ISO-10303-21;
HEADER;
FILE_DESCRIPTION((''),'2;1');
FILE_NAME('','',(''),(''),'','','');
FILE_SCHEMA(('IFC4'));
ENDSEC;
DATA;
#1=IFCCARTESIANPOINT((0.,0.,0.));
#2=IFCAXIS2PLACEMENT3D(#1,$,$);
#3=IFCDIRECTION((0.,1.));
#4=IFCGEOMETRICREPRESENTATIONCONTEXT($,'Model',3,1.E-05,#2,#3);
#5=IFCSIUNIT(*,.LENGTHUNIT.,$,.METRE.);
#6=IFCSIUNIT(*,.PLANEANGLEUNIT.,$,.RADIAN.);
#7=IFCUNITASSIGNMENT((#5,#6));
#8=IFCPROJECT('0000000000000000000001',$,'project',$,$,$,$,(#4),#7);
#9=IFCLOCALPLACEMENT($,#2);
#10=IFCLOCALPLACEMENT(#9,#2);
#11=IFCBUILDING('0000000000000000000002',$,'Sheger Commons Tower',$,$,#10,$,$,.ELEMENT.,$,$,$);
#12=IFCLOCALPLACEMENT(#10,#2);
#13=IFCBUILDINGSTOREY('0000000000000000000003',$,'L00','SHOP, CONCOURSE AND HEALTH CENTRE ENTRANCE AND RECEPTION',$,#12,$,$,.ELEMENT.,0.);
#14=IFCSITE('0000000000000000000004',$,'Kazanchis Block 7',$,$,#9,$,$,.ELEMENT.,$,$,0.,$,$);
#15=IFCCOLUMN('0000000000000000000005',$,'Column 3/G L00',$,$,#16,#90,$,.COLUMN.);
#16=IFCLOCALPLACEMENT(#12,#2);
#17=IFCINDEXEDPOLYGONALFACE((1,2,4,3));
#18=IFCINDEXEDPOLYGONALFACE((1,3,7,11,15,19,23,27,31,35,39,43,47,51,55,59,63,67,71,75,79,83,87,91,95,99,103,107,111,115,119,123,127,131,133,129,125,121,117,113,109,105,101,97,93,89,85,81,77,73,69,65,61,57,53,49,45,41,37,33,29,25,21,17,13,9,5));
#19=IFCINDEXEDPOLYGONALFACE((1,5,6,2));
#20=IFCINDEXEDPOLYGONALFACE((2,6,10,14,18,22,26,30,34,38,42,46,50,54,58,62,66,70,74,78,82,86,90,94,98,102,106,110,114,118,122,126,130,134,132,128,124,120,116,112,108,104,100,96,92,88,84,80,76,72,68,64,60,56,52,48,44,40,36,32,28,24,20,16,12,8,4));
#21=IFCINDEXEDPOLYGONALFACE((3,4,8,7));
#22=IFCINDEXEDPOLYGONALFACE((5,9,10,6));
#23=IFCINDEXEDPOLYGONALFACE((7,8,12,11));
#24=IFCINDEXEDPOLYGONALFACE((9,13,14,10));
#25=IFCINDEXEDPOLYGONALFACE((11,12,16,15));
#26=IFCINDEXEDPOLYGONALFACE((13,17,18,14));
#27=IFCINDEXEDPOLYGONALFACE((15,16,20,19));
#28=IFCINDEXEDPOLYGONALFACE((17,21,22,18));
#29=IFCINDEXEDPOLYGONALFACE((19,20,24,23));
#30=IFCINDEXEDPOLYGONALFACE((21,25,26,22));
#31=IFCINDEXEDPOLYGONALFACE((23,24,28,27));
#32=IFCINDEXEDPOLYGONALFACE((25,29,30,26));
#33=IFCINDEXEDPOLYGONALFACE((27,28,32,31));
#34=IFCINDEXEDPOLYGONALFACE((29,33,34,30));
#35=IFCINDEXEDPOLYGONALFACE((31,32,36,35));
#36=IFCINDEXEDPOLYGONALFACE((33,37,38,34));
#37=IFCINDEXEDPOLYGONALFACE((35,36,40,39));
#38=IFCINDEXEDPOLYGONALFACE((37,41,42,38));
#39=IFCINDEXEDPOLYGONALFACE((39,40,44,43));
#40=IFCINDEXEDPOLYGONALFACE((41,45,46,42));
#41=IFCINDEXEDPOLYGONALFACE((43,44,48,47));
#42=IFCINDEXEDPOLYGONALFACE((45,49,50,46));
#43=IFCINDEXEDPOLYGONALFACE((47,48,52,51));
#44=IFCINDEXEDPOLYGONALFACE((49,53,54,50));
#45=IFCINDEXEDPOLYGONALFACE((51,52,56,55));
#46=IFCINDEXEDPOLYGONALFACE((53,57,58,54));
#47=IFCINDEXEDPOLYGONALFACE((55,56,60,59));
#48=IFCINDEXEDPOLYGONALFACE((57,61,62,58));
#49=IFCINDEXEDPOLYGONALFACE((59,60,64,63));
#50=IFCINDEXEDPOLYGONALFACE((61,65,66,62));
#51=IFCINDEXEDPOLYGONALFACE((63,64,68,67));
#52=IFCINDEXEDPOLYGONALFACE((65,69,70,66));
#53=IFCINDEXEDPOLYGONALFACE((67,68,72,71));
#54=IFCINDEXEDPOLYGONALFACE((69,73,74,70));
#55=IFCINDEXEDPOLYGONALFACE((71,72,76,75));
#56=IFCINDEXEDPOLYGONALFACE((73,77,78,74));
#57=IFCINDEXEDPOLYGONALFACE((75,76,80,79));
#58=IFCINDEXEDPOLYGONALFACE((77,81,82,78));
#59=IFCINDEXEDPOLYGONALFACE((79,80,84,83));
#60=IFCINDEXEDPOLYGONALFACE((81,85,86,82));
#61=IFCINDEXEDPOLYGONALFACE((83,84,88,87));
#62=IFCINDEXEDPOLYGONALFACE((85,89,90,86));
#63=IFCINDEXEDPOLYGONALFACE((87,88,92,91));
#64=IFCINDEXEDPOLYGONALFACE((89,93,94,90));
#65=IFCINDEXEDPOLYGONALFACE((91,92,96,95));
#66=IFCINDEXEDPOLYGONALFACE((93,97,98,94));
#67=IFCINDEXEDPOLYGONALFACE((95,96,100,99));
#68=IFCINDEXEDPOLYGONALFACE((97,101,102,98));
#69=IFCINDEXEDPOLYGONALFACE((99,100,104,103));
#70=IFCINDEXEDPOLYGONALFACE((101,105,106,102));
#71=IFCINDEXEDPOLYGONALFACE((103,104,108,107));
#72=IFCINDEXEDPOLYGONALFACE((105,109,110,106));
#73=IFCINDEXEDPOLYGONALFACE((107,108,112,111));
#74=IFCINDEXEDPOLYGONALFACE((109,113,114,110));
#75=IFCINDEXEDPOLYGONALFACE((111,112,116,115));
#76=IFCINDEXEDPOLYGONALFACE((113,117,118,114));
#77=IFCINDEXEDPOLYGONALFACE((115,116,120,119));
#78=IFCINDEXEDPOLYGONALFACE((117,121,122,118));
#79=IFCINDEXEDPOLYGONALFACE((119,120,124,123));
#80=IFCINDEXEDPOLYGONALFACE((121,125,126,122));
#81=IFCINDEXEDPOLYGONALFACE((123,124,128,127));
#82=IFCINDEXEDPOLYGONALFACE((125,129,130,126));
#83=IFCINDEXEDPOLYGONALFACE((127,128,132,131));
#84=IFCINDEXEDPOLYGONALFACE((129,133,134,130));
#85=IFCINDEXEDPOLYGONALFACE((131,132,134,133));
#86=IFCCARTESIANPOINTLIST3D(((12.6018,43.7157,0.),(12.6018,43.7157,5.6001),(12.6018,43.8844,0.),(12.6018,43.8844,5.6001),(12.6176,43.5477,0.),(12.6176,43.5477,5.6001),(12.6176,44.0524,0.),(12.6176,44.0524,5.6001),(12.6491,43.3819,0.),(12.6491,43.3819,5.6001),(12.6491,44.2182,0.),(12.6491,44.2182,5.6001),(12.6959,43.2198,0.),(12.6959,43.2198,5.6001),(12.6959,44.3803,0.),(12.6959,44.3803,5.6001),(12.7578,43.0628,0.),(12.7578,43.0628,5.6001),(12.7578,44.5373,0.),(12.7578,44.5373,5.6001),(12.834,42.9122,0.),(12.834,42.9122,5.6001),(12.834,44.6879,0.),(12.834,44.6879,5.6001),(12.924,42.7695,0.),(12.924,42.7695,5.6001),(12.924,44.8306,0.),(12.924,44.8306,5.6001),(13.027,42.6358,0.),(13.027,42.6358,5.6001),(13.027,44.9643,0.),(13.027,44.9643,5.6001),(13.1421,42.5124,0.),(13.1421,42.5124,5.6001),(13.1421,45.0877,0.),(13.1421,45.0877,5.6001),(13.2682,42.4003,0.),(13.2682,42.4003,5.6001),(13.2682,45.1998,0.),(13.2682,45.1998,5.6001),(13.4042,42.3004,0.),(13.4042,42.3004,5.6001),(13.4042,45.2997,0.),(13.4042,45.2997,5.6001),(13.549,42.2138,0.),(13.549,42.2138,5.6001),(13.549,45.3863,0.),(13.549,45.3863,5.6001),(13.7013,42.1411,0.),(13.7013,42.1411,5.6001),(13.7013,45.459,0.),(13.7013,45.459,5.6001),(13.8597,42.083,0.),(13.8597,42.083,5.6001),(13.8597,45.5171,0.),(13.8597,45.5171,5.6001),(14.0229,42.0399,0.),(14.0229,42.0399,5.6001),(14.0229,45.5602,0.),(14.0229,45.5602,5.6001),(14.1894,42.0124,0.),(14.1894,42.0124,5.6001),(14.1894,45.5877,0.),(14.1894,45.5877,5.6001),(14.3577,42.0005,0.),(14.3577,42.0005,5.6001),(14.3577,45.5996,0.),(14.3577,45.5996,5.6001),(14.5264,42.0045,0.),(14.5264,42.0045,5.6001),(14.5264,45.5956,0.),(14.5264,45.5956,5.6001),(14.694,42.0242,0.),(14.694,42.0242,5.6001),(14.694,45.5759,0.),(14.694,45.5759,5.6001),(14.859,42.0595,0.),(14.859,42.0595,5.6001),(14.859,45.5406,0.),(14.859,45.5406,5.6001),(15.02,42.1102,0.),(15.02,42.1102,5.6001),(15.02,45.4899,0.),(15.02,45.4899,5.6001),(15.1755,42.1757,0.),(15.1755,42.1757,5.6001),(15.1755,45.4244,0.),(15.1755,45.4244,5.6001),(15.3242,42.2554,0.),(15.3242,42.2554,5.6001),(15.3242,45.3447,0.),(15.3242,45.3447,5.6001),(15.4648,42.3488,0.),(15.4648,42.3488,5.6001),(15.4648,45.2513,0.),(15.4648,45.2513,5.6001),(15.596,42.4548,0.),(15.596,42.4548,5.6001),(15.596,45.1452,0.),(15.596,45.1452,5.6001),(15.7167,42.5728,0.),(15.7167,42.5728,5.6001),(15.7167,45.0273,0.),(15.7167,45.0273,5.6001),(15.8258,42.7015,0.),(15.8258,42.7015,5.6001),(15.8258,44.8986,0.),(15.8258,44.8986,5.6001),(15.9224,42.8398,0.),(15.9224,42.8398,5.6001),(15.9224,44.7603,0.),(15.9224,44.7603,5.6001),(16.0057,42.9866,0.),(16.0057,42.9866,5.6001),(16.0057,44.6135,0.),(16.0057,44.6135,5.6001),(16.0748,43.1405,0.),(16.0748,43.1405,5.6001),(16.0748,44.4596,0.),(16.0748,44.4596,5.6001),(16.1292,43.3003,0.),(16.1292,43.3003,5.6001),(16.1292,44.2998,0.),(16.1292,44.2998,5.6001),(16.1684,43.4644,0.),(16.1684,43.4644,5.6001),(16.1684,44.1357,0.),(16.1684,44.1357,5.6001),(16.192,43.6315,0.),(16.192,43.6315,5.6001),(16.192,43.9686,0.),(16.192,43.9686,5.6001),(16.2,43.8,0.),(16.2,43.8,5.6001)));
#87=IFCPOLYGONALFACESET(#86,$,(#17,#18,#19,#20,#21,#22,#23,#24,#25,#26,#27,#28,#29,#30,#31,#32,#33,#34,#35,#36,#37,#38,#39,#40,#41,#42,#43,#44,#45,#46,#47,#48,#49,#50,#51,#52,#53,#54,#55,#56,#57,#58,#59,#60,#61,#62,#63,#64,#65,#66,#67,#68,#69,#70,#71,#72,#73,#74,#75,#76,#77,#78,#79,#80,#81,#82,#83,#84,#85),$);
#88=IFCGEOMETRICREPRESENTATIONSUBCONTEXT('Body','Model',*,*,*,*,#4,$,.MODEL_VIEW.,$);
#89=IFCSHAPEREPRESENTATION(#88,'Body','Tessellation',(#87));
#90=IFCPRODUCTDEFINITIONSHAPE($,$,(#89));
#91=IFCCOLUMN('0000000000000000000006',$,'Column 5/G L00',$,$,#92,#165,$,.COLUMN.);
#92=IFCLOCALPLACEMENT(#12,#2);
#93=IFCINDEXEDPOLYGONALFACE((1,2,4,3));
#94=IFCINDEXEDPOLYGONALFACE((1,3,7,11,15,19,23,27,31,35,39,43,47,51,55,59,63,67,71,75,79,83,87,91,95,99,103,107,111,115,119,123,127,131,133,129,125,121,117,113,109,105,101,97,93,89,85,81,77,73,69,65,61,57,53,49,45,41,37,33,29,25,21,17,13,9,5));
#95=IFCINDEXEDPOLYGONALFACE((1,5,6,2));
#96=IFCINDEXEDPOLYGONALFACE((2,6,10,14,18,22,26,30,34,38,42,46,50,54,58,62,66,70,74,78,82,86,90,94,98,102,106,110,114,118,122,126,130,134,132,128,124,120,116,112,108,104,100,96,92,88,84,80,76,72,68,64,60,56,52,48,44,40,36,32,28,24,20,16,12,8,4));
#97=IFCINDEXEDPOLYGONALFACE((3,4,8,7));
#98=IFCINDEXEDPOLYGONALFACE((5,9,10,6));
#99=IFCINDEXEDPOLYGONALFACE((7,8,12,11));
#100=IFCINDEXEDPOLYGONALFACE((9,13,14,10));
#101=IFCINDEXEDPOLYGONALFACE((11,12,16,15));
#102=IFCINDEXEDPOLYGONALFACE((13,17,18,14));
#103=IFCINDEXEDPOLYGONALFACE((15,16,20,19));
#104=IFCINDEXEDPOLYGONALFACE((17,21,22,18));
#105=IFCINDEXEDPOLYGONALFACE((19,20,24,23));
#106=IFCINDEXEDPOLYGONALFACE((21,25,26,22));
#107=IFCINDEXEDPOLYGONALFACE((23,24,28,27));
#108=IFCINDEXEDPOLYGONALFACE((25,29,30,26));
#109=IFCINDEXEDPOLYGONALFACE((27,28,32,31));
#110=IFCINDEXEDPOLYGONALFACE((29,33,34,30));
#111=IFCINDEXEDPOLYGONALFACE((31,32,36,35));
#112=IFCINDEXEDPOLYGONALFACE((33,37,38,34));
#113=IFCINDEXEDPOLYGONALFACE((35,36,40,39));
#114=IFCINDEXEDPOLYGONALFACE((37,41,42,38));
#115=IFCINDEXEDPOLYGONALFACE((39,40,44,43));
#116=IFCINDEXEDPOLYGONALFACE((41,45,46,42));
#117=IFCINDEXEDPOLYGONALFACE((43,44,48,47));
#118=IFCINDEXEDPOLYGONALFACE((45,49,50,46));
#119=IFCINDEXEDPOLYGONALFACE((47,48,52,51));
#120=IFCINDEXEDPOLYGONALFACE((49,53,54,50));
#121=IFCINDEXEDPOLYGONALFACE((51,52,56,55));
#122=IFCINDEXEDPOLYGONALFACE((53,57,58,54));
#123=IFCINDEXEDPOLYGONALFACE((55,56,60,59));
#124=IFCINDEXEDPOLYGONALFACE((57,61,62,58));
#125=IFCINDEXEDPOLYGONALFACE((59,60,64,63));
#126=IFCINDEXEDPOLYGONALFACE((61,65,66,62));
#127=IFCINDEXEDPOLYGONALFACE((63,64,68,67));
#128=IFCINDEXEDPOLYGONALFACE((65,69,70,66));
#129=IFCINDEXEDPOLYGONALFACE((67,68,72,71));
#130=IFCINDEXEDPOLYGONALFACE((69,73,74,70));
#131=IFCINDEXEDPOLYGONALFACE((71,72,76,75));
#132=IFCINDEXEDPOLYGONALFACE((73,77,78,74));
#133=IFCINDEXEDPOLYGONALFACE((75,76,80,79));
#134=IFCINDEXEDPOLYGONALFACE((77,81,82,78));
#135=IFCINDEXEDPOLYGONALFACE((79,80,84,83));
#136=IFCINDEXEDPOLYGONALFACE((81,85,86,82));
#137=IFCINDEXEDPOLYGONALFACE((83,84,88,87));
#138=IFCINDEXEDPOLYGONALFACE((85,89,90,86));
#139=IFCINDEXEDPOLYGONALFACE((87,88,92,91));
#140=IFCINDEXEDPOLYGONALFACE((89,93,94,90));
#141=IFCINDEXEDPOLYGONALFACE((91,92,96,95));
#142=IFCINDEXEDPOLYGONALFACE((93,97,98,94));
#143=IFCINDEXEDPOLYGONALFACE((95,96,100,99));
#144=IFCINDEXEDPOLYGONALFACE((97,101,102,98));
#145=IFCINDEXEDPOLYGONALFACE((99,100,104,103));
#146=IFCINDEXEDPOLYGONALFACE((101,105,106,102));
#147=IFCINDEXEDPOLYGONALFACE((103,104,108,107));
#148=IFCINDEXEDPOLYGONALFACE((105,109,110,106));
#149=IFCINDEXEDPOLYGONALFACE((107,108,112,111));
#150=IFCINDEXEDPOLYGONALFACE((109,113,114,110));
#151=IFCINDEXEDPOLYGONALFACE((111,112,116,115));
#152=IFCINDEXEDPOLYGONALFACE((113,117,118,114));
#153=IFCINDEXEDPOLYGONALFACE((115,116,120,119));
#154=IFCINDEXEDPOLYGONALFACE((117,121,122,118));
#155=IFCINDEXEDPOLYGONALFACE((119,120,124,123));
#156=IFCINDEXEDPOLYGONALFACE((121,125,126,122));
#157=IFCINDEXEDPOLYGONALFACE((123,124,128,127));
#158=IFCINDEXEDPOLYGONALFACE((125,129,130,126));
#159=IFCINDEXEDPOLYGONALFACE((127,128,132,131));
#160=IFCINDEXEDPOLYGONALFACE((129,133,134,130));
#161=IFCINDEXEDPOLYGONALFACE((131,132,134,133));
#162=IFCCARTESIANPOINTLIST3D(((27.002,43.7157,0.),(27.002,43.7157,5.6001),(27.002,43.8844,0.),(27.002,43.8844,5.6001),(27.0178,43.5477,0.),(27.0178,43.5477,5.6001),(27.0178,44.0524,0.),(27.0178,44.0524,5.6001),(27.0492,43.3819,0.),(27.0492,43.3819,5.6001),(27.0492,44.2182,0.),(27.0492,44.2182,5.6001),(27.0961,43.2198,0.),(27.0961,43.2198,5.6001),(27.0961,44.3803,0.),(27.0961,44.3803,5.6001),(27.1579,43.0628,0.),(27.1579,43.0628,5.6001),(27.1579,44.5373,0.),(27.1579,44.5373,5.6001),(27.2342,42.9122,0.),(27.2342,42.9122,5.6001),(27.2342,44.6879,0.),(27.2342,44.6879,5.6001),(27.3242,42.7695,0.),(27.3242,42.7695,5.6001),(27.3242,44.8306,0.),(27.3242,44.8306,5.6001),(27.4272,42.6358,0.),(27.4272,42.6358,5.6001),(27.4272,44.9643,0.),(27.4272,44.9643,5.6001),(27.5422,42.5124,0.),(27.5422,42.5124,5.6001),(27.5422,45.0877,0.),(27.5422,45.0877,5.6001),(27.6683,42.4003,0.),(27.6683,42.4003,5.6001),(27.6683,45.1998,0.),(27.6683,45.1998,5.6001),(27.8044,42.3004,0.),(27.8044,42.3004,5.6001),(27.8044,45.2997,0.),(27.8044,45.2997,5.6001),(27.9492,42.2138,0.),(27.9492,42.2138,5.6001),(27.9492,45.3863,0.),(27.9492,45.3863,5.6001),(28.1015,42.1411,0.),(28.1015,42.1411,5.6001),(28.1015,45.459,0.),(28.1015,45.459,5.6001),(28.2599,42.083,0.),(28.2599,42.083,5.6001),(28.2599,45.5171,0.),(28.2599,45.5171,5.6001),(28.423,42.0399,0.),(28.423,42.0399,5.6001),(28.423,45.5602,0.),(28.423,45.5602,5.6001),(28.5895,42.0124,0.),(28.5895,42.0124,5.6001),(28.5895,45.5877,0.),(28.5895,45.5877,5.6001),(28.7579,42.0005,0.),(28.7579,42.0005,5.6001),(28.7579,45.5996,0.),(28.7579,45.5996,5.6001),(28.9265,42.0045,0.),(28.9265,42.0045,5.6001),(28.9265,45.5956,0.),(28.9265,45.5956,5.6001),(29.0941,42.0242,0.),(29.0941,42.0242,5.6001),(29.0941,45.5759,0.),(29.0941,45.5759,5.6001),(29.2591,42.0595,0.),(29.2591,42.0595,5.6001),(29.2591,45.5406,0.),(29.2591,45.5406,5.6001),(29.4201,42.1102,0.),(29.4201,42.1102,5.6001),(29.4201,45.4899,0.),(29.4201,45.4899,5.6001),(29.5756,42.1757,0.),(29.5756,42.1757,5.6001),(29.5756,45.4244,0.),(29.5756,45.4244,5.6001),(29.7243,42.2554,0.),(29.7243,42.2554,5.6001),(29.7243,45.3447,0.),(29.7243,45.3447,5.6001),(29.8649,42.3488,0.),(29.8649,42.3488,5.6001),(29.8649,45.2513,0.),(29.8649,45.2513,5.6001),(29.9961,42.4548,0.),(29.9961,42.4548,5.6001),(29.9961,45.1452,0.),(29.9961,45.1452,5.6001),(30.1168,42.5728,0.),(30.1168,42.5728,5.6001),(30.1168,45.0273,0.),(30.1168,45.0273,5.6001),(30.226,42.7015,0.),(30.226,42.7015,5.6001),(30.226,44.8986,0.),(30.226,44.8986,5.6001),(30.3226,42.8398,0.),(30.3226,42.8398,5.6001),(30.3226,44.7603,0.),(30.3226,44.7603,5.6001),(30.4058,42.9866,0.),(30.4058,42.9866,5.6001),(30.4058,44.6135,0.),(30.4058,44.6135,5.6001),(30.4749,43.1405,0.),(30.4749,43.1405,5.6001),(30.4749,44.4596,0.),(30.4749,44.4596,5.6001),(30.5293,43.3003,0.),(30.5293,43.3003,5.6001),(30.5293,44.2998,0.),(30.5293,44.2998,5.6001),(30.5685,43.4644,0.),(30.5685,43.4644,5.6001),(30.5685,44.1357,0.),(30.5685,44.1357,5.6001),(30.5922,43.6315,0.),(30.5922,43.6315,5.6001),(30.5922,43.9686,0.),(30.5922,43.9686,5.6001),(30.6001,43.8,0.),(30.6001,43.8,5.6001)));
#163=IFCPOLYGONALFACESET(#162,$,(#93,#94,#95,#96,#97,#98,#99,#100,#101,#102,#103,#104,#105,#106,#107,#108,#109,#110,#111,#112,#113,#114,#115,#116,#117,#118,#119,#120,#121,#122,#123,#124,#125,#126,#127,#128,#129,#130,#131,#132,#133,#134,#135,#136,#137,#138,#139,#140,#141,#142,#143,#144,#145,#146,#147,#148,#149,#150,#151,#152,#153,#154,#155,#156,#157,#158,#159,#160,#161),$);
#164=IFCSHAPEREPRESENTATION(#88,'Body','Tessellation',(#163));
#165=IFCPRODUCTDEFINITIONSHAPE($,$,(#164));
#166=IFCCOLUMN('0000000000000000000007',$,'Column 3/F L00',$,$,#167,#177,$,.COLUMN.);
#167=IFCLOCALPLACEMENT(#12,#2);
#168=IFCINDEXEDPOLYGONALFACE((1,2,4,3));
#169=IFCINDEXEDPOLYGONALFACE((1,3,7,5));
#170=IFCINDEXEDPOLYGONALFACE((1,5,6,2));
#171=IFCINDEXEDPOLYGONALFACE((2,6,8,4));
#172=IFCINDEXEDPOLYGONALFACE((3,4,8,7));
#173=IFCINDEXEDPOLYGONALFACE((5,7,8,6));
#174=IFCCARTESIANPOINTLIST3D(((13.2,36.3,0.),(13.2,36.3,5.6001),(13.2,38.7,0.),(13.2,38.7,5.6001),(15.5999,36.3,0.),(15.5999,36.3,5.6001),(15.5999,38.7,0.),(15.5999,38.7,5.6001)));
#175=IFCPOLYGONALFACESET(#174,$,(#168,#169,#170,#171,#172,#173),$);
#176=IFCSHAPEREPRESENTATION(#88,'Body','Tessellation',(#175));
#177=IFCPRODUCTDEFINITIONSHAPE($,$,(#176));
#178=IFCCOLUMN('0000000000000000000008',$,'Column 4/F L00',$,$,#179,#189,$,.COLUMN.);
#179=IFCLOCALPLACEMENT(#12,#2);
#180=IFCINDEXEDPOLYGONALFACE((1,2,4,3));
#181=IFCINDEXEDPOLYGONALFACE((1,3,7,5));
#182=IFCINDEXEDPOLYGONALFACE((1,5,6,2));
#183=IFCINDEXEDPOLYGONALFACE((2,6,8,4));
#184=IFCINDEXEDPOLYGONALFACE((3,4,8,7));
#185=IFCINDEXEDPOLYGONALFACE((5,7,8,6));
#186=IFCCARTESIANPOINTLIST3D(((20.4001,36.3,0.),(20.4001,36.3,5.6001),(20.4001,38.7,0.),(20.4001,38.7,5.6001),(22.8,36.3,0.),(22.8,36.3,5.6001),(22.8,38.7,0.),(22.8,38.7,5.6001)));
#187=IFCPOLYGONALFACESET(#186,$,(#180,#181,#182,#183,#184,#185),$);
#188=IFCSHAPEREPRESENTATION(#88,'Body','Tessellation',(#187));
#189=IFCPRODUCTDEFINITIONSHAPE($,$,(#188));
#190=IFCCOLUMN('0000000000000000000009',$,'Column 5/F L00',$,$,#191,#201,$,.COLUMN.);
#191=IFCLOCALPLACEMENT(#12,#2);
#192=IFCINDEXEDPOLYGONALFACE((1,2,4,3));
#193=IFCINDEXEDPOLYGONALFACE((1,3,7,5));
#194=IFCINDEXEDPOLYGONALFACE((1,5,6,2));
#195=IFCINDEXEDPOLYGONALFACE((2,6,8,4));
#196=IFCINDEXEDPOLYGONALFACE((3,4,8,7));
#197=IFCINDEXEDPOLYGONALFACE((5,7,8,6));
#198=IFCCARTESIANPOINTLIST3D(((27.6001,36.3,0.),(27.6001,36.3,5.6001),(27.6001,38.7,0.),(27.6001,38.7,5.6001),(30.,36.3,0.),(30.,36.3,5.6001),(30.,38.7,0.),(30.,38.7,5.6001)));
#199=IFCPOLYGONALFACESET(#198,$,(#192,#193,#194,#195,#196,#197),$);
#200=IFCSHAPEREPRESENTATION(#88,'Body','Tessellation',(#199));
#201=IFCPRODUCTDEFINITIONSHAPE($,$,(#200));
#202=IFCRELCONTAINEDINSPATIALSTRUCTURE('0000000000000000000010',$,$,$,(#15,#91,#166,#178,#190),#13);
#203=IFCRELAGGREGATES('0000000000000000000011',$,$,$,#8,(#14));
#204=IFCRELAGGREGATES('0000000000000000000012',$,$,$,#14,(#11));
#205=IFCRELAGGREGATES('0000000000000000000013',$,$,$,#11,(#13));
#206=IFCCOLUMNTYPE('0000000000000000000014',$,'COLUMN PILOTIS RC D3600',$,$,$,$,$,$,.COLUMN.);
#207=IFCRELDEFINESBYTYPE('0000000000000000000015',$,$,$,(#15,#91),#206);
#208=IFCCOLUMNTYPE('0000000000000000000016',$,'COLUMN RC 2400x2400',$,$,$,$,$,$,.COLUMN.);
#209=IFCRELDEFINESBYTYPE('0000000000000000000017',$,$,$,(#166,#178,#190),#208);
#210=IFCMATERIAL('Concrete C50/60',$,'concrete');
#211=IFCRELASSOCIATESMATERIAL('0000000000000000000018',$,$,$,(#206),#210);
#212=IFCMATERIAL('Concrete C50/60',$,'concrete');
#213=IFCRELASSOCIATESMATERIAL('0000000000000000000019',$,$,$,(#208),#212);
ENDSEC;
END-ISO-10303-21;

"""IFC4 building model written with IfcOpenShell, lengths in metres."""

from ifc_helpers import new_model, si_unit, direction, frame, origin, origin_2d, place, context, subcontext, project, spatial, rectangle, circle, extrude, material, material_profile, profile_set, type_object, element, save


model = new_model("IFC4")

# Units and contexts
model_context = context("Model", 3, precision=1e-05, world=origin(), true_north=direction((0.0, 1.0)))
body_context = subcontext(model_context, "Body", "Model", "MODEL_VIEW")
ifc_project = project(units=[si_unit("LENGTHUNIT", "METRE"), si_unit("PLANEANGLEUNIT", "RADIAN")], contexts=[model_context])

# Site, building, storey
site_placement = place(None, origin())
site = spatial("IfcSite", under=ifc_project, at=site_placement, Name="Kazanchis Block 7", CompositionType="ELEMENT", RefElevation=0.0)
building_placement = place(site_placement, origin())
building = spatial("IfcBuilding", under=site, at=building_placement, Name="Sheger Commons Tower", CompositionType="ELEMENT")
storey_placement = place(building_placement, origin())
storey = spatial("IfcBuildingStorey", under=building, at=storey_placement, Name="L00", Description="SHOP, CONCOURSE AND HEALTH CENTRE ENTRANCE AND RECEPTION", CompositionType="ELEMENT", Elevation=0.0)

# Columns
ifc_material_1 = material(Name="Concrete C50/60", Category="concrete")
ifc_material_profile_1 = material_profile(ifc_material_1, circle(Radius=1.8, at=origin_2d()), Name="RC D3600")
ifc_profile_set_1 = profile_set([ifc_material_profile_1], Name="Concrete C50/60")
column_type_1 = type_object("IfcColumnType", Name="COLUMN PILOTIS RC D3600", PredefinedType="COLUMN", material=ifc_profile_set_1)
for number, where, z_axis, x_axis, name in (
    (1, (14.3999, 43.8, 0.0), (0.0, 0.0, 1.0), (1.0, 0.0, 0.0), "Column 3/G L00"),
    (2, (28.8, 43.8, 0.0), (0.0, 0.0, 1.0), (1.0, 0.0, 0.0), "Column 5/G L00"),
):
    element("IfcColumn", number, at=place(storey_placement, frame(where, z_axis=z_axis, x_axis=x_axis)), inside=storey, type_object=column_type_1, Name=name, PredefinedType="COLUMN", context=body_context, shape_type="SweptSolid", body=[
        extrude(circle(Radius=1.8, at=origin_2d()), origin(), (0.0, 0.0, 1.0), 5.6001),
    ])
ifc_material_2 = material(Name="Concrete C50/60", Category="concrete")
ifc_material_profile_2 = material_profile(ifc_material_2, rectangle(XDim=2.3999, YDim=2.3999, at=origin_2d()), Name="RC 2400x2400")
ifc_profile_set_2 = profile_set([ifc_material_profile_2], Name="Concrete C50/60")
column_type_2 = type_object("IfcColumnType", Name="COLUMN RC 2400x2400", PredefinedType="COLUMN", material=ifc_profile_set_2)
for number, where, z_axis, x_axis, name in (
    (3, (14.3999, 37.5, 0.0), (0.0, 0.0, 1.0), (1.0, 0.0, 0.0), "Column 3/F L00"),
    (4, (21.6001, 37.5, 0.0), (0.0, 0.0, 1.0), (1.0, 0.0, 0.0), "Column 4/F L00"),
    (5, (28.8, 37.5, 0.0), (0.0, 0.0, 1.0), (1.0, 0.0, 0.0), "Column 5/F L00"),
):
    element("IfcColumn", number, at=place(storey_placement, frame(where, z_axis=z_axis, x_axis=x_axis)), inside=storey, type_object=column_type_2, Name=name, PredefinedType="COLUMN", context=body_context, shape_type="SweptSolid", body=[
        extrude(rectangle(XDim=2.3999, YDim=2.3999, at=origin_2d()), origin(), (0.0, 0.0, 1.0), 5.6001),
    ])

save(model, "model.ifc")
